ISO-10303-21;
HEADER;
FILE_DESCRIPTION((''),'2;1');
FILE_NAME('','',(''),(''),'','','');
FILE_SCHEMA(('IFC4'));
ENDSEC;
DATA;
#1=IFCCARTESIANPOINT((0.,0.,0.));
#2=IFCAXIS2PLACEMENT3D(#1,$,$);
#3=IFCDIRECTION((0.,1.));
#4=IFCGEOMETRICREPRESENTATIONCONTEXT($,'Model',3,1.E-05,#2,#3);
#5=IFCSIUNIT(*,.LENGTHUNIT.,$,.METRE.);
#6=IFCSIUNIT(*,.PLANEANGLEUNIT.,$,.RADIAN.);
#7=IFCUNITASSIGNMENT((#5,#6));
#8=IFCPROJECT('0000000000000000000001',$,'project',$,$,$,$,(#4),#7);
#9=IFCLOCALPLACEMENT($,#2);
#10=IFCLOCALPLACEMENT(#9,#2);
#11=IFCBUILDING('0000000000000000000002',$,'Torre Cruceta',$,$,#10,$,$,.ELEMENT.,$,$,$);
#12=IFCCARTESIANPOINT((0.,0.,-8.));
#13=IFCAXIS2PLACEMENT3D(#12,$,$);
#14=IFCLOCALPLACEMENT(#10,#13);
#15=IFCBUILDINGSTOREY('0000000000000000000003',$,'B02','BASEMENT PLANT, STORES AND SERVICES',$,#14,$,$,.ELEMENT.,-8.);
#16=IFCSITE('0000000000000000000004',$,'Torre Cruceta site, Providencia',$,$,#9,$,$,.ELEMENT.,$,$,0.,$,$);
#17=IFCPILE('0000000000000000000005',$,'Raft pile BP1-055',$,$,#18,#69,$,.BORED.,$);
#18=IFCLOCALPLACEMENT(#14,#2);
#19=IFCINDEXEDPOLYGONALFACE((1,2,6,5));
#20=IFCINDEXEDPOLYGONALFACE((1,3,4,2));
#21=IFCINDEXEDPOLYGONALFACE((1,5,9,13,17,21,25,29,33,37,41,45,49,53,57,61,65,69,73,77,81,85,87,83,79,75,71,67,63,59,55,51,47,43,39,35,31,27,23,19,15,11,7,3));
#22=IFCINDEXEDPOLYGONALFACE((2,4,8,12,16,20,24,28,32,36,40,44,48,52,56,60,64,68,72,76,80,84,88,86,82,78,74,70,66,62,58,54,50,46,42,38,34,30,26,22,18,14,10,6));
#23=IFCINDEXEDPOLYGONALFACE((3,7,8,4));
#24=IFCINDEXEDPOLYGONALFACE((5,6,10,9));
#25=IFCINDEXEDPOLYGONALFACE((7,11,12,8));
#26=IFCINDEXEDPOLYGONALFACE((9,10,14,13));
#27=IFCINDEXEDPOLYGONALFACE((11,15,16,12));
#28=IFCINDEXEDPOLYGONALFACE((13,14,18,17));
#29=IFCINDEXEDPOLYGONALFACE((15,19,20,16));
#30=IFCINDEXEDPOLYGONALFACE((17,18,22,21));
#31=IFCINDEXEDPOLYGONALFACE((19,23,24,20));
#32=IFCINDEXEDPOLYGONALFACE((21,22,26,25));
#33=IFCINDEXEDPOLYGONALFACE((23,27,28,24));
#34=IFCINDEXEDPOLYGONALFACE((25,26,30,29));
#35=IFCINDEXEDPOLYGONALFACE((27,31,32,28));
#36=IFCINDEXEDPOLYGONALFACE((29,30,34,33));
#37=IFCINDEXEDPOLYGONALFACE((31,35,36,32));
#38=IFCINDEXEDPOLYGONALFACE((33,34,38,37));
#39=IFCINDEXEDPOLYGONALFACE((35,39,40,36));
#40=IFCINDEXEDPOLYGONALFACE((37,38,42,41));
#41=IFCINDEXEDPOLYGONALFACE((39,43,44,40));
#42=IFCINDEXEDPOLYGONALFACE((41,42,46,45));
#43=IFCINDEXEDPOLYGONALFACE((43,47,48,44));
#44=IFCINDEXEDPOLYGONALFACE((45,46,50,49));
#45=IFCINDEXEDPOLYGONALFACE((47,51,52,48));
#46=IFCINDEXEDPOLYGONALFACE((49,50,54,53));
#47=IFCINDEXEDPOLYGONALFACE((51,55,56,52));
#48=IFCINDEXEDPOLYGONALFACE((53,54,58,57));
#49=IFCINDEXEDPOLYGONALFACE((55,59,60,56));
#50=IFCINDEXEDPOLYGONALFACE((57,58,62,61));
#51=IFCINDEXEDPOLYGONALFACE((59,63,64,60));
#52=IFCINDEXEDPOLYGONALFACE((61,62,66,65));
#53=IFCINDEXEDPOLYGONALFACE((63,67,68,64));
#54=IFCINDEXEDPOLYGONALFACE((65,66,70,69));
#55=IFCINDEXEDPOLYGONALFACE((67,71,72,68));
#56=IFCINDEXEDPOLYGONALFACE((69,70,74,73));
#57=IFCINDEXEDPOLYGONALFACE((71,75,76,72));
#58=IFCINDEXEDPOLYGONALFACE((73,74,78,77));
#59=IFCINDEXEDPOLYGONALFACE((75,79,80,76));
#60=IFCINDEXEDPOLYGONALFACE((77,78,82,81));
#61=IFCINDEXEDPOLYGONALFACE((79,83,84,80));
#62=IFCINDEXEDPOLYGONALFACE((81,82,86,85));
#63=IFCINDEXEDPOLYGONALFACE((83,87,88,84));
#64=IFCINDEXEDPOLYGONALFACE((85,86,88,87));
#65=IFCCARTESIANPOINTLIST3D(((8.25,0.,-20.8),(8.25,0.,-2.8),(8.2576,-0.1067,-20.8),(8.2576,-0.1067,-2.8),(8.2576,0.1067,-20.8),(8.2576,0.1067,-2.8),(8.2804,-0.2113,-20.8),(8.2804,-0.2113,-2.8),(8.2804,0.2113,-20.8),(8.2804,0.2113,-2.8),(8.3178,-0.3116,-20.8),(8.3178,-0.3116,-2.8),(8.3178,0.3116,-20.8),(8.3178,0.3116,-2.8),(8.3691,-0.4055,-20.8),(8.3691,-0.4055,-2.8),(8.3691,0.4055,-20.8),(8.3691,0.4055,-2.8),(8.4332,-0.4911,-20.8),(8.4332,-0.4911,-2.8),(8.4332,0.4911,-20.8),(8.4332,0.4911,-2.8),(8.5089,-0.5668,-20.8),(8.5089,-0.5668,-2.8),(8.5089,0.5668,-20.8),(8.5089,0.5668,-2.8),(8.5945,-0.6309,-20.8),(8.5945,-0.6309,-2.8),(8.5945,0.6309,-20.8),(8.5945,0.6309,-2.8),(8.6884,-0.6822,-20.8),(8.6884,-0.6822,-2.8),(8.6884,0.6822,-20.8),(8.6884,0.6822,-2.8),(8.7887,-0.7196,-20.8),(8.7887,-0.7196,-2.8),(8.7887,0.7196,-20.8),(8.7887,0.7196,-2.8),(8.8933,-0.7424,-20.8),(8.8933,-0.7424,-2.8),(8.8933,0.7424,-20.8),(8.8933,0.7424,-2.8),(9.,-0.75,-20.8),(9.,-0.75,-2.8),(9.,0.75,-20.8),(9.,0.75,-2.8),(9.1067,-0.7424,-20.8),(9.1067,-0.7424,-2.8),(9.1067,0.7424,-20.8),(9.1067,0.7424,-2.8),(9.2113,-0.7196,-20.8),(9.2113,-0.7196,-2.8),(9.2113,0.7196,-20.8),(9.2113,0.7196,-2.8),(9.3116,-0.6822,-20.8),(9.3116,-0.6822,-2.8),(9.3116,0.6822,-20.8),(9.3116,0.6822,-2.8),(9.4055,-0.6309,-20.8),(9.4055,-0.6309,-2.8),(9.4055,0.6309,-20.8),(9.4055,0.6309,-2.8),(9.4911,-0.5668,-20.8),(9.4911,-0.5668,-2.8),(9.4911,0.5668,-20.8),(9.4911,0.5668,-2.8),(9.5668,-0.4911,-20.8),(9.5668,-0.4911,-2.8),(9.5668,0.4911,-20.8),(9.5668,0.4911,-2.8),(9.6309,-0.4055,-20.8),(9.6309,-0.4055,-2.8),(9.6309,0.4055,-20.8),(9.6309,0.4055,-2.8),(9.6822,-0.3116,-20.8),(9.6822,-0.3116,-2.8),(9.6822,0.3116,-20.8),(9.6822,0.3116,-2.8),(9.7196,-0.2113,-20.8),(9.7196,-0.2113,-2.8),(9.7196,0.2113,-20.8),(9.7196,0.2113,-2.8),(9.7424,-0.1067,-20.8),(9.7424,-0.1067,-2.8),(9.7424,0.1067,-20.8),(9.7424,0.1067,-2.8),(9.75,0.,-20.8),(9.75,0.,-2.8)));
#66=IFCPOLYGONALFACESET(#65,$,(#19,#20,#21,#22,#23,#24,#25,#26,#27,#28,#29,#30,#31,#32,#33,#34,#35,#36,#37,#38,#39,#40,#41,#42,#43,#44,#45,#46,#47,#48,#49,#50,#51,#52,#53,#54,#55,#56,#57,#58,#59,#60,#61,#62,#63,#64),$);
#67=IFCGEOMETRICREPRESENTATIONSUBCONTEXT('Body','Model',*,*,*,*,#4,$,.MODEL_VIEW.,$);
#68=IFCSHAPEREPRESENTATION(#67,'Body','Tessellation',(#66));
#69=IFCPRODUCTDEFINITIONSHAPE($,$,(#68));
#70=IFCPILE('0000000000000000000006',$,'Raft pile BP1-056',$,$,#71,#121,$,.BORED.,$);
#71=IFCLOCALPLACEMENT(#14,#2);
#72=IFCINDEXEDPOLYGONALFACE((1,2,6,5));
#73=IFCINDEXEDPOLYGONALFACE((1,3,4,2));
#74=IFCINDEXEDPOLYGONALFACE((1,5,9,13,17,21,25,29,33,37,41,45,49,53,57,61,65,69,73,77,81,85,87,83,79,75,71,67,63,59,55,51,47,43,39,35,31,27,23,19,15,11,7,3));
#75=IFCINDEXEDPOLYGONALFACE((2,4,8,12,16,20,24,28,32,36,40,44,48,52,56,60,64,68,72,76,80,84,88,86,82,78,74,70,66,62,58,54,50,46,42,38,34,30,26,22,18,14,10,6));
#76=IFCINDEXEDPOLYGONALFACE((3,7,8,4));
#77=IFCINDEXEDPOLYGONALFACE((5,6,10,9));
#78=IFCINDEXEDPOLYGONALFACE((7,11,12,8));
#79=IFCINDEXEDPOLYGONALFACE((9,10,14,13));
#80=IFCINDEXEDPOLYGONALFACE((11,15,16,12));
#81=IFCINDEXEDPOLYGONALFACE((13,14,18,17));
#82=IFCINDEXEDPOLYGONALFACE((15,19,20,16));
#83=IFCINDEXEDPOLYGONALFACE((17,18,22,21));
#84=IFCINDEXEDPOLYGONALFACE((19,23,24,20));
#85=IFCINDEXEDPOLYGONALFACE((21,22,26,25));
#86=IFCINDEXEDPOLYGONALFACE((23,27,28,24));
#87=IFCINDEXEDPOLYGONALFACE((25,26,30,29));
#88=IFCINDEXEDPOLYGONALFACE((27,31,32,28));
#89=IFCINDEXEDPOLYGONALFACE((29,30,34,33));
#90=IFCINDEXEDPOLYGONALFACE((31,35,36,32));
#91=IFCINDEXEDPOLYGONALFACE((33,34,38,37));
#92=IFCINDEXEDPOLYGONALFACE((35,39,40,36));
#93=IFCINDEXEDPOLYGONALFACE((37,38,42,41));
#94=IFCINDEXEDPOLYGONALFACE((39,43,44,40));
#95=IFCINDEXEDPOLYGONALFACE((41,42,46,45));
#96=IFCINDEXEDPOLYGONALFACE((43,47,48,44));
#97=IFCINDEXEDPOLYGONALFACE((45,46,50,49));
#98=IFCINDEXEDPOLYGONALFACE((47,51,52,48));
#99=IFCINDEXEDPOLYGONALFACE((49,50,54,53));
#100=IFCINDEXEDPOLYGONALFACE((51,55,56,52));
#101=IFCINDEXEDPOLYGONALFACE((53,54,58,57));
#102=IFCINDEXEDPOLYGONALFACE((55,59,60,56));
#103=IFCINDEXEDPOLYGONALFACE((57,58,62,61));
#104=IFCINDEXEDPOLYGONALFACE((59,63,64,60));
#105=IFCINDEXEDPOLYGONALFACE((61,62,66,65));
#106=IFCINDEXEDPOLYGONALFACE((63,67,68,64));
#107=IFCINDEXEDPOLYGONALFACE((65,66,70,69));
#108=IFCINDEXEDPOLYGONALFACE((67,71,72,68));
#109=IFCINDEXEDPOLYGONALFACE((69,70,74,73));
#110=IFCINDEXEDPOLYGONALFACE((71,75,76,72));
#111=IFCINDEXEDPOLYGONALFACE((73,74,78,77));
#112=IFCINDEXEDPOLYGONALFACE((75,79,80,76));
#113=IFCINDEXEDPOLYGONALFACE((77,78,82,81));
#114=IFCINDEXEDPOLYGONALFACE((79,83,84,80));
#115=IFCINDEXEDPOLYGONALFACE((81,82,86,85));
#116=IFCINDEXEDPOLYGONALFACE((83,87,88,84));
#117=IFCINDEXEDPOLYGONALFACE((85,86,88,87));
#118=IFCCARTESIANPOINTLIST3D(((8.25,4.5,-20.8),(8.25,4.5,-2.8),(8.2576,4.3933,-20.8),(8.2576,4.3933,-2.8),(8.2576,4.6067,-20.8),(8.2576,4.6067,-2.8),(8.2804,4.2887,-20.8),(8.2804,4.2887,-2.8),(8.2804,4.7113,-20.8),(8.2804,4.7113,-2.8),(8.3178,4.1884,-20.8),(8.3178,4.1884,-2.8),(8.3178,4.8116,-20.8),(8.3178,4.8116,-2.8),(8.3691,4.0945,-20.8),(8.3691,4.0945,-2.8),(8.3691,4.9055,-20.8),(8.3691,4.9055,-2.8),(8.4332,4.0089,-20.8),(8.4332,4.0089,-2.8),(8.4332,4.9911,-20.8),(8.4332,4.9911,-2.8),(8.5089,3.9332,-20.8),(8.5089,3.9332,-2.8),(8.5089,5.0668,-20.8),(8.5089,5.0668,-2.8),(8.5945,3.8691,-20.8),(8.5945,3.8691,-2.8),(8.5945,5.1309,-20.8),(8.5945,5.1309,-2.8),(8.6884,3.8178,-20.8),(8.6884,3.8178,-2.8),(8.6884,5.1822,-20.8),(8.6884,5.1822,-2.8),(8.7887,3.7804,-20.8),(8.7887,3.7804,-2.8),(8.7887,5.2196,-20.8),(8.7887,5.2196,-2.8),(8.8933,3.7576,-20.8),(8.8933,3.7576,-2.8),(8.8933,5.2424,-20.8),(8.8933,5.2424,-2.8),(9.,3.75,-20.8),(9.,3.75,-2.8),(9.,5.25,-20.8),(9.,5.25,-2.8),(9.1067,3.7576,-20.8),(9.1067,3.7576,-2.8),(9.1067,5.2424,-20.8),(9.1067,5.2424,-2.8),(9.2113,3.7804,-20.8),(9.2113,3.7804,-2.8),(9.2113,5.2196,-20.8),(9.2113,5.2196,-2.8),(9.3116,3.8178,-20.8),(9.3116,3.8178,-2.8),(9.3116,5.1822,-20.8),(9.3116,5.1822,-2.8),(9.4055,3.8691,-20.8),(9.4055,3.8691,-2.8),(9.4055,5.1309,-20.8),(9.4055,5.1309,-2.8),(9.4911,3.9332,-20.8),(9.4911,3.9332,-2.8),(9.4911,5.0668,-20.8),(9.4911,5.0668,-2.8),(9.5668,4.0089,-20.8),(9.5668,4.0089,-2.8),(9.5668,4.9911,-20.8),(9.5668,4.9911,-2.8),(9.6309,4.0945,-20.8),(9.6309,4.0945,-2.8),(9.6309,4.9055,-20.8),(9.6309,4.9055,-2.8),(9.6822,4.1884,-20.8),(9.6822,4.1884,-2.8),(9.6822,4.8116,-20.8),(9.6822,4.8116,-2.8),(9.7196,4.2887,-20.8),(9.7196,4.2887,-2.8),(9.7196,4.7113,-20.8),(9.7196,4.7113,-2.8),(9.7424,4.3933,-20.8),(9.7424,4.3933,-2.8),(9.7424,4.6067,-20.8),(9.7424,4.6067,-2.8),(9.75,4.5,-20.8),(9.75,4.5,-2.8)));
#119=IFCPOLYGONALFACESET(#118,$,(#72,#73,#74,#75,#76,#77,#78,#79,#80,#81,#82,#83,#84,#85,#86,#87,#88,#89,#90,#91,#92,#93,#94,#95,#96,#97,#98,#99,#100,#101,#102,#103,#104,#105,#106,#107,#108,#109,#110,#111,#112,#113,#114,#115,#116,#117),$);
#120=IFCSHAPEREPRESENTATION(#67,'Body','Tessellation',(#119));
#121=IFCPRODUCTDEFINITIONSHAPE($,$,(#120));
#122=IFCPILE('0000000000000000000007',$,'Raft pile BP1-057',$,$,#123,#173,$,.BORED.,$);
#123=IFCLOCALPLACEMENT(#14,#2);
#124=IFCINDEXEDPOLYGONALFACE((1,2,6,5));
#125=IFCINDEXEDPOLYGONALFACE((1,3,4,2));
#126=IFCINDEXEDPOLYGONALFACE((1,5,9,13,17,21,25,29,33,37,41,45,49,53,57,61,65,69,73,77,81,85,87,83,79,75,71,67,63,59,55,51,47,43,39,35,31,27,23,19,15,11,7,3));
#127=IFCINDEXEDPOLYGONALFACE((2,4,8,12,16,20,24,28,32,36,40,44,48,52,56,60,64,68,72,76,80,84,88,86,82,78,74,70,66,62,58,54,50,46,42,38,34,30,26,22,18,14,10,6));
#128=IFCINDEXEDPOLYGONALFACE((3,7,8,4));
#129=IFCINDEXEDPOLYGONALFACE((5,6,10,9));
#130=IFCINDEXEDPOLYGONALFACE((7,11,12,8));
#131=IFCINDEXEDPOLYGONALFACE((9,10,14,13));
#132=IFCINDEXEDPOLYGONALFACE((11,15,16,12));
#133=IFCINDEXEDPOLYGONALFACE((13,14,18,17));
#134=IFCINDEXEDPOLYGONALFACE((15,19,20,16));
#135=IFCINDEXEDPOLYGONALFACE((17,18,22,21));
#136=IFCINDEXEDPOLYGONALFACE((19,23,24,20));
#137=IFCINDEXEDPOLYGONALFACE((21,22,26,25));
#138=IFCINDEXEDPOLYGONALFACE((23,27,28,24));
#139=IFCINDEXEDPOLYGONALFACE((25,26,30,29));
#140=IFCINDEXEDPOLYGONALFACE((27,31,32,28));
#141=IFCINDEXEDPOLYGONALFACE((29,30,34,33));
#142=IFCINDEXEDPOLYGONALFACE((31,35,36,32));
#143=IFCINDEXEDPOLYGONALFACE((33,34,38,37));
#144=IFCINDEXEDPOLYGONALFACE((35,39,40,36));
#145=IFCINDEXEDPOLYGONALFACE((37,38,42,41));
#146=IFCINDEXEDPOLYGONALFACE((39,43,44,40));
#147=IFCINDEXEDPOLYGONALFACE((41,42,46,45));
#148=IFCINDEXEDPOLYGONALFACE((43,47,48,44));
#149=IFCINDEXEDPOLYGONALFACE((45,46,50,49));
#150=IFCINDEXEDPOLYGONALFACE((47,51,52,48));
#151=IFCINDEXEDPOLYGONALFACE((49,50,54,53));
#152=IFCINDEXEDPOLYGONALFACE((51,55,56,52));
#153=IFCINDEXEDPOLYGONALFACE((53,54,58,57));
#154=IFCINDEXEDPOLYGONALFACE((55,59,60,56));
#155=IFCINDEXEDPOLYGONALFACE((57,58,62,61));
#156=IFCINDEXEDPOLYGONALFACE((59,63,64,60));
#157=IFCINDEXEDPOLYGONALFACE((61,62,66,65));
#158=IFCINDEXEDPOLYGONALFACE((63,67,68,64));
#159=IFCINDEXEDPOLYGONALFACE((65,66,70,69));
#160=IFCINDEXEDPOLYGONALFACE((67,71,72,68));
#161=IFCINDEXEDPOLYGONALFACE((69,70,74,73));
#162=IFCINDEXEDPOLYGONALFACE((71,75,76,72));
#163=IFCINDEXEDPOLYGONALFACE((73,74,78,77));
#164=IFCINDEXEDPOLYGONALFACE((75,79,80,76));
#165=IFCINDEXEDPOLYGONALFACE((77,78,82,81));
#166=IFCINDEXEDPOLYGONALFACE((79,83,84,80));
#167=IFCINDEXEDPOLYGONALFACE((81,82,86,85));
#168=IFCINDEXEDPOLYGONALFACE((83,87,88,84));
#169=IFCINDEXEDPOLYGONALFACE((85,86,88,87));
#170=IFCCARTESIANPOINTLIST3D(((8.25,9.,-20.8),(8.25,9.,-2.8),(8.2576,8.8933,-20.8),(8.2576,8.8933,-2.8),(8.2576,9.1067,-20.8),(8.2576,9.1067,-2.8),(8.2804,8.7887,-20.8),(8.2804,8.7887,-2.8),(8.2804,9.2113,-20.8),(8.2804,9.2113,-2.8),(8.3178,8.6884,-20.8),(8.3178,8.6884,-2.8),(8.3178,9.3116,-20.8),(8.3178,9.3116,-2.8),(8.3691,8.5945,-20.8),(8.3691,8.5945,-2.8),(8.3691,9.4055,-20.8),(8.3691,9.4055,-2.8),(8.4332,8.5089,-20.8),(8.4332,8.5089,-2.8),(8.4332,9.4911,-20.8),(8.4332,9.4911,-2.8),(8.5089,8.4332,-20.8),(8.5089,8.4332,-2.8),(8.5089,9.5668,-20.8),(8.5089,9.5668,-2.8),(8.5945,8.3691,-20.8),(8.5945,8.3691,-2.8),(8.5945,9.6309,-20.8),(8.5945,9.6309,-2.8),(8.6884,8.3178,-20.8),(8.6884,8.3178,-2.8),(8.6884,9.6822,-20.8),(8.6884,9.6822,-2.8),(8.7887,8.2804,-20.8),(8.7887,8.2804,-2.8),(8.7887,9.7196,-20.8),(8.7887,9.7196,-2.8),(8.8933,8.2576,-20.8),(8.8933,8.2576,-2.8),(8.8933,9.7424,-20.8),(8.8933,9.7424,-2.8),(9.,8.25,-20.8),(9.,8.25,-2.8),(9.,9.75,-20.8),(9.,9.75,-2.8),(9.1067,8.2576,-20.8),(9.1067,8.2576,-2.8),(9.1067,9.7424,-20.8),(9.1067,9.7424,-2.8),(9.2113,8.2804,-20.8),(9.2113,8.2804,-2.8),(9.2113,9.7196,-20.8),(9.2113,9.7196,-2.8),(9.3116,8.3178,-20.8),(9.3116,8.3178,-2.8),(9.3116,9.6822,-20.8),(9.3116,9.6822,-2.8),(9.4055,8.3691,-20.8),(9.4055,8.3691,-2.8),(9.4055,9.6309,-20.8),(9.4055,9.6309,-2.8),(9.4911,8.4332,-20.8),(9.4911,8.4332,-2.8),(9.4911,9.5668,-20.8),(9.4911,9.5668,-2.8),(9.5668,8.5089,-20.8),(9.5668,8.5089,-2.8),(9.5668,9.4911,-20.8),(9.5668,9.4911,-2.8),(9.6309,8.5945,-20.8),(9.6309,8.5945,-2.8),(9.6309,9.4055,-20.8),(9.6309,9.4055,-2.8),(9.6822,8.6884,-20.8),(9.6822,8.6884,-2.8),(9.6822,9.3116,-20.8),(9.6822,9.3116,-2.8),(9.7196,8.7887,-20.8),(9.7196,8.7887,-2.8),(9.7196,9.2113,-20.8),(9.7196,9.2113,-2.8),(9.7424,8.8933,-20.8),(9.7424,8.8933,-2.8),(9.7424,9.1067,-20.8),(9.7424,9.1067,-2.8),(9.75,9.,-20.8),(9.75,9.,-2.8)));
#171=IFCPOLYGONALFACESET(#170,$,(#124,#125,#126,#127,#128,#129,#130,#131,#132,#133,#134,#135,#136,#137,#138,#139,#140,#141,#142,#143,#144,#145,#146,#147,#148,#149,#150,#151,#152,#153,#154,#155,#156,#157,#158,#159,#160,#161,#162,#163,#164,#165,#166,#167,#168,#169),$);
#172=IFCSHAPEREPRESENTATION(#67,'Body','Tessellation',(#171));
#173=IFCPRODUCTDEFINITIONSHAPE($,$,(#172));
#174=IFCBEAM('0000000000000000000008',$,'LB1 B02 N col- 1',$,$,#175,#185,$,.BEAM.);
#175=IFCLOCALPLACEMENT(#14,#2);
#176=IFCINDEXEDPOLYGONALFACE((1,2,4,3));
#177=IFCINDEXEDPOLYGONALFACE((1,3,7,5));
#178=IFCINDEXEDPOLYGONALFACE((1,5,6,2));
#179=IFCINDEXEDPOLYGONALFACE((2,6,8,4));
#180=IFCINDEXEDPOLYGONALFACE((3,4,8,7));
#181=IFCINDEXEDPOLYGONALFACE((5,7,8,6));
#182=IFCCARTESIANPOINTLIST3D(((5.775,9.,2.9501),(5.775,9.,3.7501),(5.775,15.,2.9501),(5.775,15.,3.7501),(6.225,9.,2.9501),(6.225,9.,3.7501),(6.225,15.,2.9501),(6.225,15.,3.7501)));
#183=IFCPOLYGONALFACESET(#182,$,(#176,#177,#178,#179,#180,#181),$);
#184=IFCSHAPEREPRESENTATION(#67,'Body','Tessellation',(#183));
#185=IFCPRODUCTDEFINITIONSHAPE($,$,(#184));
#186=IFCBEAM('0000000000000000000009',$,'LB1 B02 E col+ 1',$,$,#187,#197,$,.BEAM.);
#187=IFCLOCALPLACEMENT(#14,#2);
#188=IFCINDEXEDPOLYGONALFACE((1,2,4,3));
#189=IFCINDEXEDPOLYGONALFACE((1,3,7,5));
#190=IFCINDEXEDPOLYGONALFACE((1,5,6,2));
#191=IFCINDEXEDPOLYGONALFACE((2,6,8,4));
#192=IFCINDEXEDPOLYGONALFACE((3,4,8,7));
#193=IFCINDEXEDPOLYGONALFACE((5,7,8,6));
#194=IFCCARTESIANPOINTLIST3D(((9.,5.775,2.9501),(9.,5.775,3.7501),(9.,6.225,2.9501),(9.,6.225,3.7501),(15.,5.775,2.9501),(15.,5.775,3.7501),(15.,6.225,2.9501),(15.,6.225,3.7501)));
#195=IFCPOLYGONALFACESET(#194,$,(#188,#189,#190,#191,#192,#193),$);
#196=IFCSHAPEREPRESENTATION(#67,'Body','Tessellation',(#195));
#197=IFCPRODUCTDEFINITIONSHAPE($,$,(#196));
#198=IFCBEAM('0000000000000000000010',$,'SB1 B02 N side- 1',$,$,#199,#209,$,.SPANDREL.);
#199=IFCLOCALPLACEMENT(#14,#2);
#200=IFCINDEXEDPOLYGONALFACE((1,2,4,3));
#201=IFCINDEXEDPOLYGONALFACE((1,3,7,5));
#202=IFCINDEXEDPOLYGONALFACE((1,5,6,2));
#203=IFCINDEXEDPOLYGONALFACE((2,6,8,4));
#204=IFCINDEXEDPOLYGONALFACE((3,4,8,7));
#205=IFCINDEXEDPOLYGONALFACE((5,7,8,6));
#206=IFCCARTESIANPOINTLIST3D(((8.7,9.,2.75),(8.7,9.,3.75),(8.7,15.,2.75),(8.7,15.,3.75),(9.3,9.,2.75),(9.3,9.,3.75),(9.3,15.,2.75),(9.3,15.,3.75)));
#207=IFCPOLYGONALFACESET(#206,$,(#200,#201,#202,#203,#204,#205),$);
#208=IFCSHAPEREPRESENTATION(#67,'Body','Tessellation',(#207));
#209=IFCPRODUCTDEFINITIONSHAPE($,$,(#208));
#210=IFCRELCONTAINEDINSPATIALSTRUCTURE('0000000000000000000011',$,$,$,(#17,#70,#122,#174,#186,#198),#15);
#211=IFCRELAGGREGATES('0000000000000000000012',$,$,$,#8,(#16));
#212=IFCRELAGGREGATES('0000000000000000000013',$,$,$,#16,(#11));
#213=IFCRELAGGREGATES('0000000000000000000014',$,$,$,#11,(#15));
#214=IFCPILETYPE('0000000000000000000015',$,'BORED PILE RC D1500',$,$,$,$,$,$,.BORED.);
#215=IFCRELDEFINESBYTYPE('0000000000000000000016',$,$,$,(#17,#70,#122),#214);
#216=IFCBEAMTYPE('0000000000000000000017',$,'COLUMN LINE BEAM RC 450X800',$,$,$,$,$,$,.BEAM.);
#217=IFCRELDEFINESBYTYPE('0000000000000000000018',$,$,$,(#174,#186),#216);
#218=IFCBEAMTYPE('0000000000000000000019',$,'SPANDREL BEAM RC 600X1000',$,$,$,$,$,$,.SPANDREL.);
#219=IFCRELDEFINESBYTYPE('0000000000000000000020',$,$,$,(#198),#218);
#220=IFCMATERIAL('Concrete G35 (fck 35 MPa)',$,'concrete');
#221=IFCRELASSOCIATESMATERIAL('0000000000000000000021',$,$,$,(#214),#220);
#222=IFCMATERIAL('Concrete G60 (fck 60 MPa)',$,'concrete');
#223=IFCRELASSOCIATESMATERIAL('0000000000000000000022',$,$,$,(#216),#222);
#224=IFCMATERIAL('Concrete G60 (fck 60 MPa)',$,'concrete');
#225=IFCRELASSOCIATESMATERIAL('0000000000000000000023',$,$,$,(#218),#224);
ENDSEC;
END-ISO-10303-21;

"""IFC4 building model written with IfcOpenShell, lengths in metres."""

from ifc_helpers import new_model, si_unit, direction, frame, origin, origin_2d, place, context, subcontext, project, spatial, rectangle, circle, extrude, material, material_profile, profile_set, type_object, element, save


model = new_model("IFC4")

# Units and contexts
model_context = context("Model", 3, precision=1e-05, world=origin(), true_north=direction((0.0, 1.0)))
body_context = subcontext(model_context, "Body", "Model", "MODEL_VIEW")
ifc_project = project(units=[si_unit("LENGTHUNIT", "METRE"), si_unit("PLANEANGLEUNIT", "RADIAN")], contexts=[model_context])

# Site, building, storey
site_placement = place(None, origin())
site = spatial("IfcSite", under=ifc_project, at=site_placement, Name="Torre Cruceta site, Providencia", CompositionType="ELEMENT", RefElevation=0.0)
building_placement = place(site_placement, origin())
building = spatial("IfcBuilding", under=site, at=building_placement, Name="Torre Cruceta", CompositionType="ELEMENT")
storey_placement = place(building_placement, frame((0.0, 0.0, -8.0)))
storey = spatial("IfcBuildingStorey", under=building, at=storey_placement, Name="B02", Description="BASEMENT PLANT, STORES AND SERVICES", CompositionType="ELEMENT", Elevation=-8.0)

# Piles
ifc_material_1 = material(Name="Concrete G35 (fck 35 MPa)", Category="concrete")
ifc_material_profile_1 = material_profile(ifc_material_1, circle(Radius=0.75, at=origin_2d()), Name="RC D1500")
ifc_profile_set_1 = profile_set([ifc_material_profile_1], Name="Concrete G35 (fck 35 MPa)")
pile_type = type_object("IfcPileType", Name="BORED PILE RC D1500", PredefinedType="BORED", material=ifc_profile_set_1)
for number, where, z_axis, x_axis, name in (
    (1, (9.0, 0.0, -2.8), (0.0, 0.0, -1.0), (1.0, 0.0, 0.0), "Raft pile BP1-055"),
    (2, (9.0, 4.5, -2.8), (0.0, 0.0, -1.0), (1.0, 0.0, 0.0), "Raft pile BP1-056"),
    (3, (9.0, 9.0, -2.8), (0.0, 0.0, -1.0), (1.0, 0.0, 0.0), "Raft pile BP1-057"),
):
    element("IfcPile", number, at=place(storey_placement, frame(where, z_axis=z_axis, x_axis=x_axis)), inside=storey, type_object=pile_type, Name=name, PredefinedType="BORED", context=body_context, shape_type="SweptSolid", body=[
        extrude(circle(Radius=0.75, at=origin_2d()), origin(), (0.0, 0.0, 1.0), 18.0),
    ])

# Beams
ifc_material_2 = material(Name="Concrete G60 (fck 60 MPa)", Category="concrete")
ifc_material_profile_2 = material_profile(ifc_material_2, rectangle(XDim=0.45, YDim=0.8, at=origin_2d()), Name="RC 450X800")
ifc_profile_set_2 = profile_set([ifc_material_profile_2], Name="Concrete G60 (fck 60 MPa)")
beam_type_1 = type_object("IfcBeamType", Name="COLUMN LINE BEAM RC 450X800", PredefinedType="BEAM", material=ifc_profile_set_2)
for number, where, z_axis, x_axis, name in (
    (4, (6.0, 9.0, 3.3501), (0.0, 1.0, 0.0), (-1.0, 0.0, 0.0), "LB1 B02 N col- 1"),
    (5, (9.0, 6.0, 3.3501), (1.0, 0.0, 0.0), (0.0, 1.0, 0.0), "LB1 B02 E col+ 1"),
):
    element("IfcBeam", number, at=place(storey_placement, frame(where, z_axis=z_axis, x_axis=x_axis)), inside=storey, type_object=beam_type_1, Name=name, PredefinedType="BEAM", context=body_context, shape_type="SweptSolid", body=[
        extrude(rectangle(XDim=0.45, YDim=0.8, at=origin_2d()), origin(), (0.0, 0.0, 1.0), 6.0),
    ])
ifc_material_3 = material(Name="Concrete G60 (fck 60 MPa)", Category="concrete")
ifc_material_profile_3 = material_profile(ifc_material_3, rectangle(XDim=0.6001, YDim=1.0, at=origin_2d()), Name="RC 600X1000")
ifc_profile_set_3 = profile_set([ifc_material_profile_3], Name="Concrete G60 (fck 60 MPa)")
beam_type_2 = type_object("IfcBeamType", Name="SPANDREL BEAM RC 600X1000", PredefinedType="SPANDREL", material=ifc_profile_set_3)
beam_placement = place(storey_placement, frame((9.0, 9.0, 3.25), z_axis=(0.0, 1.0, 0.0), x_axis=(-1.0, 0.0, 0.0)))
element("IfcBeam", 6, at=beam_placement, inside=storey, type_object=beam_type_2, Name="SB1 B02 N side- 1", PredefinedType="SPANDREL", context=body_context, shape_type="SweptSolid", body=[
    extrude(rectangle(XDim=0.6001, YDim=1.0, at=origin_2d()), origin(), (0.0, 0.0, 1.0), 6.0),
])

save(model, "model.ifc")
